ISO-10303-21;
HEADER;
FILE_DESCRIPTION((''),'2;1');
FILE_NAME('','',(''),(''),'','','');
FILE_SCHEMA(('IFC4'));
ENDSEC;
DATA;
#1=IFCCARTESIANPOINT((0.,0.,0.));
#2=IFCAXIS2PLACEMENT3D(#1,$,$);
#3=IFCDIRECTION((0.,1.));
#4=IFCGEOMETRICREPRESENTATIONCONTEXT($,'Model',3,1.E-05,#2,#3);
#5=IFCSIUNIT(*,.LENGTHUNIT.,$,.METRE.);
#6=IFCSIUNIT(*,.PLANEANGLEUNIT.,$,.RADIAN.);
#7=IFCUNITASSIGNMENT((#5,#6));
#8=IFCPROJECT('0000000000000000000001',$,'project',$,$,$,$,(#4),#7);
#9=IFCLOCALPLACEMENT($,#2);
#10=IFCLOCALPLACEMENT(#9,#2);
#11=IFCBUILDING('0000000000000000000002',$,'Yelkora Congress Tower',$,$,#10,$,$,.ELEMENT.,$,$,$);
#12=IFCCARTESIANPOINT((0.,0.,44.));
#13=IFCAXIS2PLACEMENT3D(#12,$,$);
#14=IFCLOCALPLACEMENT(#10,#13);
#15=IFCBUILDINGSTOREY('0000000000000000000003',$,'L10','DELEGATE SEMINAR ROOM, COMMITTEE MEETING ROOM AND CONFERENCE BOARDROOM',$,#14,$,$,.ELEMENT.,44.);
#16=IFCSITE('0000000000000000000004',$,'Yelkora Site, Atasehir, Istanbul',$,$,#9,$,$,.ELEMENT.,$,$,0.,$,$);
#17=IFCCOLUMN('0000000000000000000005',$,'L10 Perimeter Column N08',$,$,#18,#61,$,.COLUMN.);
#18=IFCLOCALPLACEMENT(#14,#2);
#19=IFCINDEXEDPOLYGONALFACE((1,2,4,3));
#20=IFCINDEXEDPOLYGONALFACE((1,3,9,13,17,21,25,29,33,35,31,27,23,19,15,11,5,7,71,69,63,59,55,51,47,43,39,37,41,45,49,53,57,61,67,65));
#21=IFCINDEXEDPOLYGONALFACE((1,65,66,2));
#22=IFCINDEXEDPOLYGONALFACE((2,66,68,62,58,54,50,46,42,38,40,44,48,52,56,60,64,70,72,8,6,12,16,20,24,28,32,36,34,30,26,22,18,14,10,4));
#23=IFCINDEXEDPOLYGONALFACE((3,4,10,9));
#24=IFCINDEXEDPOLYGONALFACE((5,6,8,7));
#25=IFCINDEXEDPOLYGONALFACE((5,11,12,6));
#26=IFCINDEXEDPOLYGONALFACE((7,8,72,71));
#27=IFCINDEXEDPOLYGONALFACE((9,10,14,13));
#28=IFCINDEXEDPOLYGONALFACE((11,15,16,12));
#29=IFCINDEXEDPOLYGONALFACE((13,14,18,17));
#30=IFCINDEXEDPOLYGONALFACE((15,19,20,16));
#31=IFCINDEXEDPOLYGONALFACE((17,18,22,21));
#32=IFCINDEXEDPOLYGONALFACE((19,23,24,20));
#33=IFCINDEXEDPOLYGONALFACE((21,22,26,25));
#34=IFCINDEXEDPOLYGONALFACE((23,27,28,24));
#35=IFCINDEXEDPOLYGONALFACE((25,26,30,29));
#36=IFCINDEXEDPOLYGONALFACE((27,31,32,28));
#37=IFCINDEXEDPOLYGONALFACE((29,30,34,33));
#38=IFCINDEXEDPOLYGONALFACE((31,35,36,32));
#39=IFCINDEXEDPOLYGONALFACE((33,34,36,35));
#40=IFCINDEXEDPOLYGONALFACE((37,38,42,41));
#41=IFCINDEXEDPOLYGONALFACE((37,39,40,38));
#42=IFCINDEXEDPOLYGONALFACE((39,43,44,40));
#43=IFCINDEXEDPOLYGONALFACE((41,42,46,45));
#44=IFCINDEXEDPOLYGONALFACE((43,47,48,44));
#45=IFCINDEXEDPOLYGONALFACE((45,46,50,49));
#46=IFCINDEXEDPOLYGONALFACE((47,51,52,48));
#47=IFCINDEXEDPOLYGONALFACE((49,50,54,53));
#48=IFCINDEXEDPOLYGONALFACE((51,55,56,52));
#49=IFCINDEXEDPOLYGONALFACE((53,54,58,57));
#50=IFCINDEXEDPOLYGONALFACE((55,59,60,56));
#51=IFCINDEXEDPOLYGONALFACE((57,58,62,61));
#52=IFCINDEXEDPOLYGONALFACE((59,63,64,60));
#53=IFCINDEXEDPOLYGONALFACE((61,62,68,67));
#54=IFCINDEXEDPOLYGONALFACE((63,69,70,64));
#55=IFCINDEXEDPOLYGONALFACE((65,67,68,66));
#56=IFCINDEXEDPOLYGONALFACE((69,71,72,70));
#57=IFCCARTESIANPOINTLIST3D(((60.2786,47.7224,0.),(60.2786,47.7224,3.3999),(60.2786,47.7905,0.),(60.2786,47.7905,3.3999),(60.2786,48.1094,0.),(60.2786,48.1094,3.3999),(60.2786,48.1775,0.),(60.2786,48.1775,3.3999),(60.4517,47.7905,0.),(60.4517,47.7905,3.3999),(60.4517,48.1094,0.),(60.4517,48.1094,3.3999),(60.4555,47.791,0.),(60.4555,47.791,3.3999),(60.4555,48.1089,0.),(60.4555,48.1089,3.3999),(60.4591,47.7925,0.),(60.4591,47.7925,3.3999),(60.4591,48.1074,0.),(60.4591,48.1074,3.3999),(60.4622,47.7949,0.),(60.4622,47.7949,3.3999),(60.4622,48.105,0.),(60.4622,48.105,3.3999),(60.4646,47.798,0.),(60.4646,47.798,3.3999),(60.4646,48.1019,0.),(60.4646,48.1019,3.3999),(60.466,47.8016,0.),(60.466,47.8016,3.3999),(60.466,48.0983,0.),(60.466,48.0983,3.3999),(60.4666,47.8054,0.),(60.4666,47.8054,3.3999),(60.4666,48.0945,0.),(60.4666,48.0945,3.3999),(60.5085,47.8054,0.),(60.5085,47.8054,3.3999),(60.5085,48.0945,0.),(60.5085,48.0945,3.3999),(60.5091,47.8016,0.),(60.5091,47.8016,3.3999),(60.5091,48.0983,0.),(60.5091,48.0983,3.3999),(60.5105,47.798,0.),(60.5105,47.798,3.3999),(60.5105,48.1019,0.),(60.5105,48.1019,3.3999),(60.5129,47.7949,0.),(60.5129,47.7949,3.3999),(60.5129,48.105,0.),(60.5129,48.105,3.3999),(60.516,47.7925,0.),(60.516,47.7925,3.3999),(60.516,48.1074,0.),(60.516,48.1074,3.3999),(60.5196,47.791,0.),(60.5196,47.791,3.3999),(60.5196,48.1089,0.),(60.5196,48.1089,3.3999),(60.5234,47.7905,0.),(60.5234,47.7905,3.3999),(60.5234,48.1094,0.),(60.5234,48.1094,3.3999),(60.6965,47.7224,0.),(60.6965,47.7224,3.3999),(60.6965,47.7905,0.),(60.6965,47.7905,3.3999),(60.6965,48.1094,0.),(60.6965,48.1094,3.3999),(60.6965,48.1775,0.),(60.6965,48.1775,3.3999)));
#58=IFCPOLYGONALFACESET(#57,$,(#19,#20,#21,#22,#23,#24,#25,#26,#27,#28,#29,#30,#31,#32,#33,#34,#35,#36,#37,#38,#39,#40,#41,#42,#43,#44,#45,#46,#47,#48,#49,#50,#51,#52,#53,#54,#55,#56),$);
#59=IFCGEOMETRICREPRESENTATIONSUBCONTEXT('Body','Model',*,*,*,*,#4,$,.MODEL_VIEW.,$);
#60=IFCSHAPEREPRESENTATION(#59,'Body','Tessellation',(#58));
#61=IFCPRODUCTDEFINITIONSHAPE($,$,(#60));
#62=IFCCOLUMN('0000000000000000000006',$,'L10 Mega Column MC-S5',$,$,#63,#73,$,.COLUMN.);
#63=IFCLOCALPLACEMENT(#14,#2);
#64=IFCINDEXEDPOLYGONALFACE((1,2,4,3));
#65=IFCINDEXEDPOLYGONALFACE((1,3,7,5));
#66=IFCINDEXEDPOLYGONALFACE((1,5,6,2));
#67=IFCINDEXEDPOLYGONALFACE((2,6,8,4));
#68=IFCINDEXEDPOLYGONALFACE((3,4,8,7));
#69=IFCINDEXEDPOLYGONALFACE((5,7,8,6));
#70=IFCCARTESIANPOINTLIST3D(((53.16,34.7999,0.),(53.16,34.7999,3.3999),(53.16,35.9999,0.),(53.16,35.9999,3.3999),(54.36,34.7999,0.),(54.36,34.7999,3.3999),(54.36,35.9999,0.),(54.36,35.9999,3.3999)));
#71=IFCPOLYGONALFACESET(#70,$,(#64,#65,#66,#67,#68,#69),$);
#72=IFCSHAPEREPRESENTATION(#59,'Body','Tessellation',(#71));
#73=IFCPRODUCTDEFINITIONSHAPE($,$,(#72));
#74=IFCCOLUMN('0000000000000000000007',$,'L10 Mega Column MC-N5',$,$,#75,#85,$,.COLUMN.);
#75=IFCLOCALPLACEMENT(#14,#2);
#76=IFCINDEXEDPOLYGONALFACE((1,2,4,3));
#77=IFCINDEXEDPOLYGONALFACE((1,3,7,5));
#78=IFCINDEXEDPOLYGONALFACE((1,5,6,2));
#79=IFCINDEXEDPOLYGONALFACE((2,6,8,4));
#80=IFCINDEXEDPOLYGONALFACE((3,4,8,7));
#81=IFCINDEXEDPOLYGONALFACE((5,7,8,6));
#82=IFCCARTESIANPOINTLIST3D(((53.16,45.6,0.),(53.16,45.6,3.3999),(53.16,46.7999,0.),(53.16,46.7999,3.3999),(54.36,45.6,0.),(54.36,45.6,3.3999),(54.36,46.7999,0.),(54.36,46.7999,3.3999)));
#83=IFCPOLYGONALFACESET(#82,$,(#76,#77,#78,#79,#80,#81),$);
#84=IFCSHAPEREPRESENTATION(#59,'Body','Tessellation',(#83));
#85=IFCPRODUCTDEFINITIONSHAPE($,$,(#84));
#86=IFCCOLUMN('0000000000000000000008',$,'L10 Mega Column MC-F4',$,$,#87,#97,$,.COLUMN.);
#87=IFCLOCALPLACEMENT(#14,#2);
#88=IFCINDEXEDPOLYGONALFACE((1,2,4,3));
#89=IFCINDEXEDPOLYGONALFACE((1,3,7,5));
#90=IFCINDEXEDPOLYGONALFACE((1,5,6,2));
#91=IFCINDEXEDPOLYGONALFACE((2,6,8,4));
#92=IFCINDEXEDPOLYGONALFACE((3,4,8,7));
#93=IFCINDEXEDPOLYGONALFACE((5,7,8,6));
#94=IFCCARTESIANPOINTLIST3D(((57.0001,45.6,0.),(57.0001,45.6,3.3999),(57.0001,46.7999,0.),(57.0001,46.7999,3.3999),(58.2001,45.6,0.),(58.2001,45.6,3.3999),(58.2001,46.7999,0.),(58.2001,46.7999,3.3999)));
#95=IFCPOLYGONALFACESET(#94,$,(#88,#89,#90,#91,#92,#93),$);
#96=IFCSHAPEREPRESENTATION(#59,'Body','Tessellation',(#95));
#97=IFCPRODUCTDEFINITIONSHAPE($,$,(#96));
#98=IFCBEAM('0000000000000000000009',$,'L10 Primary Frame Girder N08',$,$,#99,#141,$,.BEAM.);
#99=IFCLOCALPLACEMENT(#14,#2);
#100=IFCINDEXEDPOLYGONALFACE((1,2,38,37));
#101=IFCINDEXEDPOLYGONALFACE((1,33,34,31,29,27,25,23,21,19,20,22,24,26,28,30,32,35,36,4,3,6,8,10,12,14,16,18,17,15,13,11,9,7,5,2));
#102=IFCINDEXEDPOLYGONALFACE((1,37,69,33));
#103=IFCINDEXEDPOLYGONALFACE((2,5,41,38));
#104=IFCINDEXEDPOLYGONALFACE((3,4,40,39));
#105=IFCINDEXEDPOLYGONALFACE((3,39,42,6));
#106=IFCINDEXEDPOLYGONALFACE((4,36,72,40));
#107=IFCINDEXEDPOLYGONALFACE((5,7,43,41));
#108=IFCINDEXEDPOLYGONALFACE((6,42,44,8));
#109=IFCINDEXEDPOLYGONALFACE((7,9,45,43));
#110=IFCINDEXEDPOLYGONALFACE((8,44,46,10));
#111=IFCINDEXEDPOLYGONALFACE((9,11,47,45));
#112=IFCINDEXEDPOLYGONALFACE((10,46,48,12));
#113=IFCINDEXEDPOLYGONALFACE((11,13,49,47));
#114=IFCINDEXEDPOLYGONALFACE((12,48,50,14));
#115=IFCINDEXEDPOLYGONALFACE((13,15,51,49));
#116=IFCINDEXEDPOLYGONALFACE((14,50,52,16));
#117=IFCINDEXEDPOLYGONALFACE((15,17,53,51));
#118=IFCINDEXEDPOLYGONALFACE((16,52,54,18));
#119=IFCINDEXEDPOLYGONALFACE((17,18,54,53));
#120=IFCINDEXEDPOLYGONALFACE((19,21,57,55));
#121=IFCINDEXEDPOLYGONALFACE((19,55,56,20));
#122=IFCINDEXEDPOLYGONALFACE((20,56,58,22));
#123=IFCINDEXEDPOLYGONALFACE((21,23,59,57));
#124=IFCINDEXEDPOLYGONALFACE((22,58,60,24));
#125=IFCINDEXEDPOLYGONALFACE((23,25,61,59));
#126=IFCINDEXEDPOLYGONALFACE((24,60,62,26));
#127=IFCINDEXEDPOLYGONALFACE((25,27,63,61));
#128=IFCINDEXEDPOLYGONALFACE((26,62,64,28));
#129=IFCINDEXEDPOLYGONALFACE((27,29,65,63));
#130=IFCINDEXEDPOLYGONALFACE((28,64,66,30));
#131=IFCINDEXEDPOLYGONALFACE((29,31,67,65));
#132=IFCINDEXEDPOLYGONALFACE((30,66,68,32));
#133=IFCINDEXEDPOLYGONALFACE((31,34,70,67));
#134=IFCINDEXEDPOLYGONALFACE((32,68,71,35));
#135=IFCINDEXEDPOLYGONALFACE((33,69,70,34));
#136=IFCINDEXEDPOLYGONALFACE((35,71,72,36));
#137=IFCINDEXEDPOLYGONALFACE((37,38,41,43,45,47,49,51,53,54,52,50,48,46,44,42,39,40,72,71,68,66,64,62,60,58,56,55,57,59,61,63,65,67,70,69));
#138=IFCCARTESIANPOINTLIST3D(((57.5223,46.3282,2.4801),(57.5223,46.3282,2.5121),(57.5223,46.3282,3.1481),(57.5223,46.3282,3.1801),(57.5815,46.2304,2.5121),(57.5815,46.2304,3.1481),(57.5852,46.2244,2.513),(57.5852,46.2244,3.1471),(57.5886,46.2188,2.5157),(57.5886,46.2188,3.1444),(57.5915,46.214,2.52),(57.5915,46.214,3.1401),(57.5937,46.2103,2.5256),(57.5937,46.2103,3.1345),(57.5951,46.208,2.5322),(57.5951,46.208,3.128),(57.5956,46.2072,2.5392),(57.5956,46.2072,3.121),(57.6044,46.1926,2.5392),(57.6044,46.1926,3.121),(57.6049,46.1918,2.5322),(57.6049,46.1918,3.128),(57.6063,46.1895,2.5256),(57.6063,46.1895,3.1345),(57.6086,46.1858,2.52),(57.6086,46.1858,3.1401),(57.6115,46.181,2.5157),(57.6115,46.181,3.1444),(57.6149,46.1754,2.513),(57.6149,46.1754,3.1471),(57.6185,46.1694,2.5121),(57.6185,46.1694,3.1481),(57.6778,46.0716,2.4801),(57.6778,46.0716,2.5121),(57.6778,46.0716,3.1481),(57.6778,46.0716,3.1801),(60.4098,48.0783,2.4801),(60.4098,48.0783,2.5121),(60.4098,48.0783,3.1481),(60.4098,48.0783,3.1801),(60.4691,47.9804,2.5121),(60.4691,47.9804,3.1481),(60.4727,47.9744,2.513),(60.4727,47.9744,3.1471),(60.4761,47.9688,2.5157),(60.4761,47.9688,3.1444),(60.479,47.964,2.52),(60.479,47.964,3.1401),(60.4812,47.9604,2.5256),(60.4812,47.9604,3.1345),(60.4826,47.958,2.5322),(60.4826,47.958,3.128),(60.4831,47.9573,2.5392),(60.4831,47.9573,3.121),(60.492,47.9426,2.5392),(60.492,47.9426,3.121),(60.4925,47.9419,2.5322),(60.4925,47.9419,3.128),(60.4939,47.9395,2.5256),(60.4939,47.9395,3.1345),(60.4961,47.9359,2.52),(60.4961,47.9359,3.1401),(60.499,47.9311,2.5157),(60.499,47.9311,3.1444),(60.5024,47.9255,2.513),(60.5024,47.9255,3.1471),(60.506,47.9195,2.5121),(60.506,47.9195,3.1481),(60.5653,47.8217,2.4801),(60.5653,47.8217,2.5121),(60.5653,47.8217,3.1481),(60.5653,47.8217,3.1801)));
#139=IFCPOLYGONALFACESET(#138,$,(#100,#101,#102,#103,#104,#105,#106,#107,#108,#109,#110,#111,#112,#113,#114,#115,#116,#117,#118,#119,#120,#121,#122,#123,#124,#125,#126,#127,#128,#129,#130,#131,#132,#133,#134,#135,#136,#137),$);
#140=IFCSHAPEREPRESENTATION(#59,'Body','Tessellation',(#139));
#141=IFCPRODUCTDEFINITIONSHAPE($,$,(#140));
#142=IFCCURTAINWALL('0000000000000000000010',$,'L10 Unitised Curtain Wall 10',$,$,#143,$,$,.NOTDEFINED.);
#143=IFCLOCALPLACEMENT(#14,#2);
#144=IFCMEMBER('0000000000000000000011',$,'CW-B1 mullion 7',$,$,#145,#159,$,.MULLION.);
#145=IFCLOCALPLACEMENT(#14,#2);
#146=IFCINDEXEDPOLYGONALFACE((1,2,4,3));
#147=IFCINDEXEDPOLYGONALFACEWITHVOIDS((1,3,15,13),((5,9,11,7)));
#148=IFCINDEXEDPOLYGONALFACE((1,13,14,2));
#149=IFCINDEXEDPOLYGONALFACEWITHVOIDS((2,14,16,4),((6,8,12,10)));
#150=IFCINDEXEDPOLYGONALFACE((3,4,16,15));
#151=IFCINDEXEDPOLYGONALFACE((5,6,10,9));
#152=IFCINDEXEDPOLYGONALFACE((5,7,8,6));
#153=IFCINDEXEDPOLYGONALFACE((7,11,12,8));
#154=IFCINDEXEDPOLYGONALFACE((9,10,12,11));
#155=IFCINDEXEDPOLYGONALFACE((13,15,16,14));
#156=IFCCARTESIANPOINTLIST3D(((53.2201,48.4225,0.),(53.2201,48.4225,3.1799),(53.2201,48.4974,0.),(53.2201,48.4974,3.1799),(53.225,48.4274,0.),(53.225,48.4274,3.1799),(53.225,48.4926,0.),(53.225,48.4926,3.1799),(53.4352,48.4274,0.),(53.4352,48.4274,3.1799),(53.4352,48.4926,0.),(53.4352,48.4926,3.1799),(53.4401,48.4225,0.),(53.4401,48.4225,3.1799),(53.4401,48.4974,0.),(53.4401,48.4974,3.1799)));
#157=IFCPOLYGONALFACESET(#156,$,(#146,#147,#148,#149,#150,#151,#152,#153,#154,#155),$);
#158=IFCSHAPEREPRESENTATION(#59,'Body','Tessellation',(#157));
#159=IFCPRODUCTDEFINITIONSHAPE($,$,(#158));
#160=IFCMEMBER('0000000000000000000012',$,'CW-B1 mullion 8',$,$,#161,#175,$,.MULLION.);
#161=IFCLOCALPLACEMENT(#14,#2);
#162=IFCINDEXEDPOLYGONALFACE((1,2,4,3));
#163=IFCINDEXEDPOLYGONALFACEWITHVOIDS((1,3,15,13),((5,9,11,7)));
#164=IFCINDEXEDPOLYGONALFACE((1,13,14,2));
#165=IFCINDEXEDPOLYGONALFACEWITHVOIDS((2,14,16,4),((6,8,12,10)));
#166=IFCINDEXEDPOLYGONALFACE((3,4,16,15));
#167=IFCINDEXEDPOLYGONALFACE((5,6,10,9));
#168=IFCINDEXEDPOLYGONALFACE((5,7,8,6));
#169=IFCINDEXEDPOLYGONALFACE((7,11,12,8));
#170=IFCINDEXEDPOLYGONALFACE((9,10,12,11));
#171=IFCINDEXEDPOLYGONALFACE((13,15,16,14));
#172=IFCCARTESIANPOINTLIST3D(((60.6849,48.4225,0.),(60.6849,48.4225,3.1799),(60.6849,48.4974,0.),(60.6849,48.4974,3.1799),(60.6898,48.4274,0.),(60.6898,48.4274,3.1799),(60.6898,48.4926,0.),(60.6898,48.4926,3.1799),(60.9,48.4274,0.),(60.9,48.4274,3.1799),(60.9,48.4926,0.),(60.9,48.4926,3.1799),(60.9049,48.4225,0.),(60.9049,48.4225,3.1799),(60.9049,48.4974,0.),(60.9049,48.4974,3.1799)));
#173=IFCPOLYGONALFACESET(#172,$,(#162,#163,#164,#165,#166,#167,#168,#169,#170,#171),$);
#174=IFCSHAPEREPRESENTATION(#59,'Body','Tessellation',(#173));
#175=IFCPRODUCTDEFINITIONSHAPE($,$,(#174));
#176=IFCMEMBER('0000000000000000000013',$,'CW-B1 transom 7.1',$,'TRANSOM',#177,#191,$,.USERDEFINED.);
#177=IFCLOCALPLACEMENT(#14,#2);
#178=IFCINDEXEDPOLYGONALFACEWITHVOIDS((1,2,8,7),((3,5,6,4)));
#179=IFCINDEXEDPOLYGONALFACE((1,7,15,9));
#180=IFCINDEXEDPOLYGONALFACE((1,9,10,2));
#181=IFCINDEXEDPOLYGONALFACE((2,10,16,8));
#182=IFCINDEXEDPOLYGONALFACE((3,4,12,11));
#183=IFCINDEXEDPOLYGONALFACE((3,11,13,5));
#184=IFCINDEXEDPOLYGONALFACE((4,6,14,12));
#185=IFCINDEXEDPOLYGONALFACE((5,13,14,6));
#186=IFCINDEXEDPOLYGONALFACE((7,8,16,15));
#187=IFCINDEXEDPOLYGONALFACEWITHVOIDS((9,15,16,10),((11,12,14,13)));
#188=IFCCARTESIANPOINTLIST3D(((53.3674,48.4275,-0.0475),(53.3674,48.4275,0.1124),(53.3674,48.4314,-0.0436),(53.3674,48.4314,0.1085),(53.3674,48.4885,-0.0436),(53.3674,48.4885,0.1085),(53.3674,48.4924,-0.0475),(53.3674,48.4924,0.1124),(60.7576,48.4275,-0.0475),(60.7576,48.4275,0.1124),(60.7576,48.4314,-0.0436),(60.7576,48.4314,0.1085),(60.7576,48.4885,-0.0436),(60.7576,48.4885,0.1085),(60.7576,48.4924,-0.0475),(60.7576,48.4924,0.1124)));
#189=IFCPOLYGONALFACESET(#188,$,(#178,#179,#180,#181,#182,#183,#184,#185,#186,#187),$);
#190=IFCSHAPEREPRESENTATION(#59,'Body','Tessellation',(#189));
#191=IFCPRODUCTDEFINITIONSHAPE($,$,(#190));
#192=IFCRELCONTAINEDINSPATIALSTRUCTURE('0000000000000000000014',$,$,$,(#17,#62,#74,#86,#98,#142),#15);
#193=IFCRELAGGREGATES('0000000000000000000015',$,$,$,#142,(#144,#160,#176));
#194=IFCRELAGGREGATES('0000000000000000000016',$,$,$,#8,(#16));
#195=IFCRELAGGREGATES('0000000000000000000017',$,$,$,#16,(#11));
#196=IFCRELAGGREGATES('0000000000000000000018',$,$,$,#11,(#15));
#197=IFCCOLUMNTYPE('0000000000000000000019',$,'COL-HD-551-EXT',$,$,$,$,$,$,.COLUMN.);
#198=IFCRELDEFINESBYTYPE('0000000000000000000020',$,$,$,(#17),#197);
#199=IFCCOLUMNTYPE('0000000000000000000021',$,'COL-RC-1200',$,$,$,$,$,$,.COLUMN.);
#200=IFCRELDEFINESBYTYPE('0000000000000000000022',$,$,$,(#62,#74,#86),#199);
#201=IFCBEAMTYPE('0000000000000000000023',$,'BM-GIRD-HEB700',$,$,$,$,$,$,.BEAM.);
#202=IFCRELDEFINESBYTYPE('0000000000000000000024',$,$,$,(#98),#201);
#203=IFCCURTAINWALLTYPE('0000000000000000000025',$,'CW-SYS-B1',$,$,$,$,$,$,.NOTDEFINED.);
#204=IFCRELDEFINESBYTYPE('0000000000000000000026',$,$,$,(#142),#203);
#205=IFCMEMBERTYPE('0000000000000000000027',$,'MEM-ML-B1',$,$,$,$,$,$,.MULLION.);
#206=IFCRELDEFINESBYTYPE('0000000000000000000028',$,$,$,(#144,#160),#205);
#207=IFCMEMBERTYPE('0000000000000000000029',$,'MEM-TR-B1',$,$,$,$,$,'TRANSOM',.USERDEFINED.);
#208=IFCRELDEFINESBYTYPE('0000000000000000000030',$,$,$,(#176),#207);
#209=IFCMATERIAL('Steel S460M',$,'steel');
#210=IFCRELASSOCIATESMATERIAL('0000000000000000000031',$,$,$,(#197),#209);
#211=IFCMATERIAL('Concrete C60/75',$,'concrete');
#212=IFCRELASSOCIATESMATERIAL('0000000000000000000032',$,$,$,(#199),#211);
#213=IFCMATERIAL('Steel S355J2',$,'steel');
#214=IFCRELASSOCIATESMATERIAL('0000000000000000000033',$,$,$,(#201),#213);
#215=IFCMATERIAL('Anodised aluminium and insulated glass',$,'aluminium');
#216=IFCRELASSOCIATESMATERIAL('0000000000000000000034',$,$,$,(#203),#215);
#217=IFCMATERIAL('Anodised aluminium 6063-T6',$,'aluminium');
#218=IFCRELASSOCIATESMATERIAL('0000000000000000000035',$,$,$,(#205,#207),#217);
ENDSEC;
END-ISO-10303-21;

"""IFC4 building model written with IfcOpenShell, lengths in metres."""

from ifc_helpers import new_model, si_unit, direction, frame, origin, origin_2d, place, context, subcontext, project, spatial, rectangle, hollow_rectangle, i_section, extrude, material, material_profile, profile_set, type_object, element, aggregate, save


model = new_model("IFC4")

# Units and contexts
model_context = context("Model", 3, precision=1e-05, world=origin(), true_north=direction((0.0, 1.0)))
body_context = subcontext(model_context, "Body", "Model", "MODEL_VIEW")
ifc_project = project(units=[si_unit("LENGTHUNIT", "METRE"), si_unit("PLANEANGLEUNIT", "RADIAN")], contexts=[model_context])

# Site, building, storey
site_placement = place(None, origin())
site = spatial("IfcSite", under=ifc_project, at=site_placement, Name="Yelkora Site, Atasehir, Istanbul", CompositionType="ELEMENT", RefElevation=0.0)
building_placement = place(site_placement, origin())
building = spatial("IfcBuilding", under=site, at=building_placement, Name="Yelkora Congress Tower", CompositionType="ELEMENT")
storey_placement = place(building_placement, frame((0.0, 0.0, 44.0)))
storey = spatial("IfcBuildingStorey", under=building, at=storey_placement, Name="L10", Description="DELEGATE SEMINAR ROOM, COMMITTEE MEETING ROOM AND CONFERENCE BOARDROOM", CompositionType="ELEMENT", Elevation=44.0)

# Columns
ifc_material_1 = material(Name="Steel S460M", Category="steel")
ifc_material_profile_1 = material_profile(ifc_material_1, i_section(OverallWidth=0.418, OverallDepth=0.4551, WebThickness=0.042, FlangeThickness=0.0681, FilletRadius=0.0149, at=origin_2d()), Name="HD 400x551")
ifc_profile_set_1 = profile_set([ifc_material_profile_1], Name="Steel S460M")
column_type_1 = type_object("IfcColumnType", Name="COL-HD-551-EXT", PredefinedType="COLUMN", material=ifc_profile_set_1)
column_placement = place(storey_placement, frame((60.4875, 47.95, 0.0), z_axis=(0.0, 0.0, 1.0), x_axis=(1.0, 0.0, 0.0)))
element("IfcColumn", 1, at=column_placement, inside=storey, type_object=column_type_1, Name="L10 Perimeter Column N08", PredefinedType="COLUMN", context=body_context, shape_type="SweptSolid", body=[
    extrude(i_section(OverallWidth=0.418, OverallDepth=0.4551, WebThickness=0.042, FlangeThickness=0.0681, FilletRadius=0.0149, at=origin_2d()), origin(), (0.0, 0.0, 1.0), 3.3999),
])
ifc_material_2 = material(Name="Concrete C60/75", Category="concrete")
ifc_material_profile_2 = material_profile(ifc_material_2, rectangle(XDim=1.2, YDim=1.2, at=origin_2d()), Name="RC 1200x1200")
ifc_profile_set_2 = profile_set([ifc_material_profile_2], Name="Concrete C60/75")
column_type_2 = type_object("IfcColumnType", Name="COL-RC-1200", PredefinedType="COLUMN", material=ifc_profile_set_2)
for number, where, z_axis, x_axis, name in (
    (2, (53.76, 35.3999, 0.0), (0.0, 0.0, 1.0), (1.0, 0.0, 0.0), "L10 Mega Column MC-S5"),
    (3, (53.76, 46.2, 0.0), (0.0, 0.0, 1.0), (1.0, 0.0, 0.0), "L10 Mega Column MC-N5"),
    (4, (57.6001, 46.2, 0.0), (0.0, 0.0, 1.0), (1.0, 0.0, 0.0), "L10 Mega Column MC-F4"),
):
    element("IfcColumn", number, at=place(storey_placement, frame(where, z_axis=z_axis, x_axis=x_axis)), inside=storey, type_object=column_type_2, Name=name, PredefinedType="COLUMN", context=body_context, shape_type="SweptSolid", body=[
        extrude(rectangle(XDim=1.2, YDim=1.2, at=origin_2d()), origin(), (0.0, 0.0, 1.0), 3.3999),
    ])

# Beam
ifc_material_3 = material(Name="Steel S355J2", Category="steel")
ifc_material_profile_3 = material_profile(ifc_material_3, i_section(OverallWidth=0.3, OverallDepth=0.7, WebThickness=0.0171, FlangeThickness=0.032, FilletRadius=0.0271, at=origin_2d()), Name="HEB 700")
ifc_profile_set_3 = profile_set([ifc_material_profile_3], Name="Steel S355J2")
beam_type = type_object("IfcBeamType", Name="BM-GIRD-HEB700", PredefinedType="BEAM", material=ifc_profile_set_3)
beam_placement = place(storey_placement, frame((60.4875, 47.95, 2.8301), z_axis=(-0.855194, -0.518308, 0.0), x_axis=(0.518308, -0.855194, 0.0)))
element("IfcBeam", 5, at=beam_placement, inside=storey, type_object=beam_type, Name="L10 Primary Frame Girder N08", PredefinedType="BEAM", context=body_context, shape_type="SweptSolid", body=[
    extrude(i_section(OverallWidth=0.3, OverallDepth=0.7, WebThickness=0.0171, FlangeThickness=0.032, FilletRadius=0.0271, at=origin_2d()), origin(), (0.0, 0.0, 1.0), 3.3765),
])

# Curtain wall, members
ifc_material_4 = material(Name="Anodised aluminium and insulated glass", Category="aluminium")
curtain_wall_type = type_object("IfcCurtainWallType", Name="CW-SYS-B1", PredefinedType="NOTDEFINED", material=ifc_material_4)
curtain_wall_placement = place(storey_placement, origin())
curtain_wall = element("IfcCurtainWall", 6, at=curtain_wall_placement, inside=storey, type_object=curtain_wall_type, Name="L10 Unitised Curtain Wall 10", PredefinedType="NOTDEFINED")
ifc_material_5 = material(Name="Anodised aluminium 6063-T6", Category="aluminium")
ifc_material_profile_4 = material_profile(ifc_material_5, hollow_rectangle(XDim=0.075, YDim=0.22, WallThickness=0.0049, at=origin_2d()), Name="ALU 75x220x5")
ifc_profile_set_4 = profile_set([ifc_material_profile_4], Name="Anodised aluminium 6063-T6")
member_type_1 = type_object("IfcMemberType", Name="MEM-ML-B1", PredefinedType="MULLION", material=ifc_profile_set_4)
member_1_placement = place(storey_placement, frame((53.3301, 48.46, 0.0), z_axis=(0.0, 0.0, 1.0), x_axis=(0.0, 1.0, 0.0)))
member_1 = element("IfcMember", 7, at=member_1_placement, type_object=member_type_1, Name="CW-B1 mullion 7", PredefinedType="MULLION", context=body_context, shape_type="SweptSolid", body=[
    extrude(hollow_rectangle(XDim=0.075, YDim=0.22, WallThickness=0.0049, at=origin_2d()), origin(), (0.0, 0.0, 1.0), 3.1799),
])
member_2_placement = place(storey_placement, frame((60.7949, 48.46, 0.0), z_axis=(0.0, 0.0, 1.0), x_axis=(0.0, 1.0, 0.0)))
member_2 = element("IfcMember", 8, at=member_2_placement, type_object=member_type_1, Name="CW-B1 mullion 8", PredefinedType="MULLION", context=body_context, shape_type="SweptSolid", body=[
    extrude(hollow_rectangle(XDim=0.075, YDim=0.22, WallThickness=0.0049, at=origin_2d()), origin(), (0.0, 0.0, 1.0), 3.1799),
])
ifc_material_profile_5 = material_profile(ifc_material_5, hollow_rectangle(XDim=0.0649, YDim=0.1599, WallThickness=0.0039, at=origin_2d()), Name="ALU 65x160x4")
ifc_profile_set_5 = profile_set([ifc_material_profile_5], Name="Anodised aluminium 6063-T6")
member_type_2 = type_object("IfcMemberType", Name="MEM-TR-B1", ElementType="TRANSOM", PredefinedType="USERDEFINED", material=ifc_profile_set_5)
member_3_placement = place(storey_placement, frame((53.3674, 48.46, 0.0325), z_axis=(1.0, 0.0, 0.0), x_axis=(0.0, 1.0, 0.0)))
member_3 = element("IfcMember", 9, at=member_3_placement, type_object=member_type_2, Name="CW-B1 transom 7.1", ObjectType="TRANSOM", PredefinedType="USERDEFINED", context=body_context, shape_type="SweptSolid", body=[
    extrude(hollow_rectangle(XDim=0.0649, YDim=0.1599, WallThickness=0.0039, at=origin_2d()), origin(), (0.0, 0.0, 1.0), 7.3901),
])
aggregate(curtain_wall, [member_1, member_2, member_3])

save(model, "model.ifc")
